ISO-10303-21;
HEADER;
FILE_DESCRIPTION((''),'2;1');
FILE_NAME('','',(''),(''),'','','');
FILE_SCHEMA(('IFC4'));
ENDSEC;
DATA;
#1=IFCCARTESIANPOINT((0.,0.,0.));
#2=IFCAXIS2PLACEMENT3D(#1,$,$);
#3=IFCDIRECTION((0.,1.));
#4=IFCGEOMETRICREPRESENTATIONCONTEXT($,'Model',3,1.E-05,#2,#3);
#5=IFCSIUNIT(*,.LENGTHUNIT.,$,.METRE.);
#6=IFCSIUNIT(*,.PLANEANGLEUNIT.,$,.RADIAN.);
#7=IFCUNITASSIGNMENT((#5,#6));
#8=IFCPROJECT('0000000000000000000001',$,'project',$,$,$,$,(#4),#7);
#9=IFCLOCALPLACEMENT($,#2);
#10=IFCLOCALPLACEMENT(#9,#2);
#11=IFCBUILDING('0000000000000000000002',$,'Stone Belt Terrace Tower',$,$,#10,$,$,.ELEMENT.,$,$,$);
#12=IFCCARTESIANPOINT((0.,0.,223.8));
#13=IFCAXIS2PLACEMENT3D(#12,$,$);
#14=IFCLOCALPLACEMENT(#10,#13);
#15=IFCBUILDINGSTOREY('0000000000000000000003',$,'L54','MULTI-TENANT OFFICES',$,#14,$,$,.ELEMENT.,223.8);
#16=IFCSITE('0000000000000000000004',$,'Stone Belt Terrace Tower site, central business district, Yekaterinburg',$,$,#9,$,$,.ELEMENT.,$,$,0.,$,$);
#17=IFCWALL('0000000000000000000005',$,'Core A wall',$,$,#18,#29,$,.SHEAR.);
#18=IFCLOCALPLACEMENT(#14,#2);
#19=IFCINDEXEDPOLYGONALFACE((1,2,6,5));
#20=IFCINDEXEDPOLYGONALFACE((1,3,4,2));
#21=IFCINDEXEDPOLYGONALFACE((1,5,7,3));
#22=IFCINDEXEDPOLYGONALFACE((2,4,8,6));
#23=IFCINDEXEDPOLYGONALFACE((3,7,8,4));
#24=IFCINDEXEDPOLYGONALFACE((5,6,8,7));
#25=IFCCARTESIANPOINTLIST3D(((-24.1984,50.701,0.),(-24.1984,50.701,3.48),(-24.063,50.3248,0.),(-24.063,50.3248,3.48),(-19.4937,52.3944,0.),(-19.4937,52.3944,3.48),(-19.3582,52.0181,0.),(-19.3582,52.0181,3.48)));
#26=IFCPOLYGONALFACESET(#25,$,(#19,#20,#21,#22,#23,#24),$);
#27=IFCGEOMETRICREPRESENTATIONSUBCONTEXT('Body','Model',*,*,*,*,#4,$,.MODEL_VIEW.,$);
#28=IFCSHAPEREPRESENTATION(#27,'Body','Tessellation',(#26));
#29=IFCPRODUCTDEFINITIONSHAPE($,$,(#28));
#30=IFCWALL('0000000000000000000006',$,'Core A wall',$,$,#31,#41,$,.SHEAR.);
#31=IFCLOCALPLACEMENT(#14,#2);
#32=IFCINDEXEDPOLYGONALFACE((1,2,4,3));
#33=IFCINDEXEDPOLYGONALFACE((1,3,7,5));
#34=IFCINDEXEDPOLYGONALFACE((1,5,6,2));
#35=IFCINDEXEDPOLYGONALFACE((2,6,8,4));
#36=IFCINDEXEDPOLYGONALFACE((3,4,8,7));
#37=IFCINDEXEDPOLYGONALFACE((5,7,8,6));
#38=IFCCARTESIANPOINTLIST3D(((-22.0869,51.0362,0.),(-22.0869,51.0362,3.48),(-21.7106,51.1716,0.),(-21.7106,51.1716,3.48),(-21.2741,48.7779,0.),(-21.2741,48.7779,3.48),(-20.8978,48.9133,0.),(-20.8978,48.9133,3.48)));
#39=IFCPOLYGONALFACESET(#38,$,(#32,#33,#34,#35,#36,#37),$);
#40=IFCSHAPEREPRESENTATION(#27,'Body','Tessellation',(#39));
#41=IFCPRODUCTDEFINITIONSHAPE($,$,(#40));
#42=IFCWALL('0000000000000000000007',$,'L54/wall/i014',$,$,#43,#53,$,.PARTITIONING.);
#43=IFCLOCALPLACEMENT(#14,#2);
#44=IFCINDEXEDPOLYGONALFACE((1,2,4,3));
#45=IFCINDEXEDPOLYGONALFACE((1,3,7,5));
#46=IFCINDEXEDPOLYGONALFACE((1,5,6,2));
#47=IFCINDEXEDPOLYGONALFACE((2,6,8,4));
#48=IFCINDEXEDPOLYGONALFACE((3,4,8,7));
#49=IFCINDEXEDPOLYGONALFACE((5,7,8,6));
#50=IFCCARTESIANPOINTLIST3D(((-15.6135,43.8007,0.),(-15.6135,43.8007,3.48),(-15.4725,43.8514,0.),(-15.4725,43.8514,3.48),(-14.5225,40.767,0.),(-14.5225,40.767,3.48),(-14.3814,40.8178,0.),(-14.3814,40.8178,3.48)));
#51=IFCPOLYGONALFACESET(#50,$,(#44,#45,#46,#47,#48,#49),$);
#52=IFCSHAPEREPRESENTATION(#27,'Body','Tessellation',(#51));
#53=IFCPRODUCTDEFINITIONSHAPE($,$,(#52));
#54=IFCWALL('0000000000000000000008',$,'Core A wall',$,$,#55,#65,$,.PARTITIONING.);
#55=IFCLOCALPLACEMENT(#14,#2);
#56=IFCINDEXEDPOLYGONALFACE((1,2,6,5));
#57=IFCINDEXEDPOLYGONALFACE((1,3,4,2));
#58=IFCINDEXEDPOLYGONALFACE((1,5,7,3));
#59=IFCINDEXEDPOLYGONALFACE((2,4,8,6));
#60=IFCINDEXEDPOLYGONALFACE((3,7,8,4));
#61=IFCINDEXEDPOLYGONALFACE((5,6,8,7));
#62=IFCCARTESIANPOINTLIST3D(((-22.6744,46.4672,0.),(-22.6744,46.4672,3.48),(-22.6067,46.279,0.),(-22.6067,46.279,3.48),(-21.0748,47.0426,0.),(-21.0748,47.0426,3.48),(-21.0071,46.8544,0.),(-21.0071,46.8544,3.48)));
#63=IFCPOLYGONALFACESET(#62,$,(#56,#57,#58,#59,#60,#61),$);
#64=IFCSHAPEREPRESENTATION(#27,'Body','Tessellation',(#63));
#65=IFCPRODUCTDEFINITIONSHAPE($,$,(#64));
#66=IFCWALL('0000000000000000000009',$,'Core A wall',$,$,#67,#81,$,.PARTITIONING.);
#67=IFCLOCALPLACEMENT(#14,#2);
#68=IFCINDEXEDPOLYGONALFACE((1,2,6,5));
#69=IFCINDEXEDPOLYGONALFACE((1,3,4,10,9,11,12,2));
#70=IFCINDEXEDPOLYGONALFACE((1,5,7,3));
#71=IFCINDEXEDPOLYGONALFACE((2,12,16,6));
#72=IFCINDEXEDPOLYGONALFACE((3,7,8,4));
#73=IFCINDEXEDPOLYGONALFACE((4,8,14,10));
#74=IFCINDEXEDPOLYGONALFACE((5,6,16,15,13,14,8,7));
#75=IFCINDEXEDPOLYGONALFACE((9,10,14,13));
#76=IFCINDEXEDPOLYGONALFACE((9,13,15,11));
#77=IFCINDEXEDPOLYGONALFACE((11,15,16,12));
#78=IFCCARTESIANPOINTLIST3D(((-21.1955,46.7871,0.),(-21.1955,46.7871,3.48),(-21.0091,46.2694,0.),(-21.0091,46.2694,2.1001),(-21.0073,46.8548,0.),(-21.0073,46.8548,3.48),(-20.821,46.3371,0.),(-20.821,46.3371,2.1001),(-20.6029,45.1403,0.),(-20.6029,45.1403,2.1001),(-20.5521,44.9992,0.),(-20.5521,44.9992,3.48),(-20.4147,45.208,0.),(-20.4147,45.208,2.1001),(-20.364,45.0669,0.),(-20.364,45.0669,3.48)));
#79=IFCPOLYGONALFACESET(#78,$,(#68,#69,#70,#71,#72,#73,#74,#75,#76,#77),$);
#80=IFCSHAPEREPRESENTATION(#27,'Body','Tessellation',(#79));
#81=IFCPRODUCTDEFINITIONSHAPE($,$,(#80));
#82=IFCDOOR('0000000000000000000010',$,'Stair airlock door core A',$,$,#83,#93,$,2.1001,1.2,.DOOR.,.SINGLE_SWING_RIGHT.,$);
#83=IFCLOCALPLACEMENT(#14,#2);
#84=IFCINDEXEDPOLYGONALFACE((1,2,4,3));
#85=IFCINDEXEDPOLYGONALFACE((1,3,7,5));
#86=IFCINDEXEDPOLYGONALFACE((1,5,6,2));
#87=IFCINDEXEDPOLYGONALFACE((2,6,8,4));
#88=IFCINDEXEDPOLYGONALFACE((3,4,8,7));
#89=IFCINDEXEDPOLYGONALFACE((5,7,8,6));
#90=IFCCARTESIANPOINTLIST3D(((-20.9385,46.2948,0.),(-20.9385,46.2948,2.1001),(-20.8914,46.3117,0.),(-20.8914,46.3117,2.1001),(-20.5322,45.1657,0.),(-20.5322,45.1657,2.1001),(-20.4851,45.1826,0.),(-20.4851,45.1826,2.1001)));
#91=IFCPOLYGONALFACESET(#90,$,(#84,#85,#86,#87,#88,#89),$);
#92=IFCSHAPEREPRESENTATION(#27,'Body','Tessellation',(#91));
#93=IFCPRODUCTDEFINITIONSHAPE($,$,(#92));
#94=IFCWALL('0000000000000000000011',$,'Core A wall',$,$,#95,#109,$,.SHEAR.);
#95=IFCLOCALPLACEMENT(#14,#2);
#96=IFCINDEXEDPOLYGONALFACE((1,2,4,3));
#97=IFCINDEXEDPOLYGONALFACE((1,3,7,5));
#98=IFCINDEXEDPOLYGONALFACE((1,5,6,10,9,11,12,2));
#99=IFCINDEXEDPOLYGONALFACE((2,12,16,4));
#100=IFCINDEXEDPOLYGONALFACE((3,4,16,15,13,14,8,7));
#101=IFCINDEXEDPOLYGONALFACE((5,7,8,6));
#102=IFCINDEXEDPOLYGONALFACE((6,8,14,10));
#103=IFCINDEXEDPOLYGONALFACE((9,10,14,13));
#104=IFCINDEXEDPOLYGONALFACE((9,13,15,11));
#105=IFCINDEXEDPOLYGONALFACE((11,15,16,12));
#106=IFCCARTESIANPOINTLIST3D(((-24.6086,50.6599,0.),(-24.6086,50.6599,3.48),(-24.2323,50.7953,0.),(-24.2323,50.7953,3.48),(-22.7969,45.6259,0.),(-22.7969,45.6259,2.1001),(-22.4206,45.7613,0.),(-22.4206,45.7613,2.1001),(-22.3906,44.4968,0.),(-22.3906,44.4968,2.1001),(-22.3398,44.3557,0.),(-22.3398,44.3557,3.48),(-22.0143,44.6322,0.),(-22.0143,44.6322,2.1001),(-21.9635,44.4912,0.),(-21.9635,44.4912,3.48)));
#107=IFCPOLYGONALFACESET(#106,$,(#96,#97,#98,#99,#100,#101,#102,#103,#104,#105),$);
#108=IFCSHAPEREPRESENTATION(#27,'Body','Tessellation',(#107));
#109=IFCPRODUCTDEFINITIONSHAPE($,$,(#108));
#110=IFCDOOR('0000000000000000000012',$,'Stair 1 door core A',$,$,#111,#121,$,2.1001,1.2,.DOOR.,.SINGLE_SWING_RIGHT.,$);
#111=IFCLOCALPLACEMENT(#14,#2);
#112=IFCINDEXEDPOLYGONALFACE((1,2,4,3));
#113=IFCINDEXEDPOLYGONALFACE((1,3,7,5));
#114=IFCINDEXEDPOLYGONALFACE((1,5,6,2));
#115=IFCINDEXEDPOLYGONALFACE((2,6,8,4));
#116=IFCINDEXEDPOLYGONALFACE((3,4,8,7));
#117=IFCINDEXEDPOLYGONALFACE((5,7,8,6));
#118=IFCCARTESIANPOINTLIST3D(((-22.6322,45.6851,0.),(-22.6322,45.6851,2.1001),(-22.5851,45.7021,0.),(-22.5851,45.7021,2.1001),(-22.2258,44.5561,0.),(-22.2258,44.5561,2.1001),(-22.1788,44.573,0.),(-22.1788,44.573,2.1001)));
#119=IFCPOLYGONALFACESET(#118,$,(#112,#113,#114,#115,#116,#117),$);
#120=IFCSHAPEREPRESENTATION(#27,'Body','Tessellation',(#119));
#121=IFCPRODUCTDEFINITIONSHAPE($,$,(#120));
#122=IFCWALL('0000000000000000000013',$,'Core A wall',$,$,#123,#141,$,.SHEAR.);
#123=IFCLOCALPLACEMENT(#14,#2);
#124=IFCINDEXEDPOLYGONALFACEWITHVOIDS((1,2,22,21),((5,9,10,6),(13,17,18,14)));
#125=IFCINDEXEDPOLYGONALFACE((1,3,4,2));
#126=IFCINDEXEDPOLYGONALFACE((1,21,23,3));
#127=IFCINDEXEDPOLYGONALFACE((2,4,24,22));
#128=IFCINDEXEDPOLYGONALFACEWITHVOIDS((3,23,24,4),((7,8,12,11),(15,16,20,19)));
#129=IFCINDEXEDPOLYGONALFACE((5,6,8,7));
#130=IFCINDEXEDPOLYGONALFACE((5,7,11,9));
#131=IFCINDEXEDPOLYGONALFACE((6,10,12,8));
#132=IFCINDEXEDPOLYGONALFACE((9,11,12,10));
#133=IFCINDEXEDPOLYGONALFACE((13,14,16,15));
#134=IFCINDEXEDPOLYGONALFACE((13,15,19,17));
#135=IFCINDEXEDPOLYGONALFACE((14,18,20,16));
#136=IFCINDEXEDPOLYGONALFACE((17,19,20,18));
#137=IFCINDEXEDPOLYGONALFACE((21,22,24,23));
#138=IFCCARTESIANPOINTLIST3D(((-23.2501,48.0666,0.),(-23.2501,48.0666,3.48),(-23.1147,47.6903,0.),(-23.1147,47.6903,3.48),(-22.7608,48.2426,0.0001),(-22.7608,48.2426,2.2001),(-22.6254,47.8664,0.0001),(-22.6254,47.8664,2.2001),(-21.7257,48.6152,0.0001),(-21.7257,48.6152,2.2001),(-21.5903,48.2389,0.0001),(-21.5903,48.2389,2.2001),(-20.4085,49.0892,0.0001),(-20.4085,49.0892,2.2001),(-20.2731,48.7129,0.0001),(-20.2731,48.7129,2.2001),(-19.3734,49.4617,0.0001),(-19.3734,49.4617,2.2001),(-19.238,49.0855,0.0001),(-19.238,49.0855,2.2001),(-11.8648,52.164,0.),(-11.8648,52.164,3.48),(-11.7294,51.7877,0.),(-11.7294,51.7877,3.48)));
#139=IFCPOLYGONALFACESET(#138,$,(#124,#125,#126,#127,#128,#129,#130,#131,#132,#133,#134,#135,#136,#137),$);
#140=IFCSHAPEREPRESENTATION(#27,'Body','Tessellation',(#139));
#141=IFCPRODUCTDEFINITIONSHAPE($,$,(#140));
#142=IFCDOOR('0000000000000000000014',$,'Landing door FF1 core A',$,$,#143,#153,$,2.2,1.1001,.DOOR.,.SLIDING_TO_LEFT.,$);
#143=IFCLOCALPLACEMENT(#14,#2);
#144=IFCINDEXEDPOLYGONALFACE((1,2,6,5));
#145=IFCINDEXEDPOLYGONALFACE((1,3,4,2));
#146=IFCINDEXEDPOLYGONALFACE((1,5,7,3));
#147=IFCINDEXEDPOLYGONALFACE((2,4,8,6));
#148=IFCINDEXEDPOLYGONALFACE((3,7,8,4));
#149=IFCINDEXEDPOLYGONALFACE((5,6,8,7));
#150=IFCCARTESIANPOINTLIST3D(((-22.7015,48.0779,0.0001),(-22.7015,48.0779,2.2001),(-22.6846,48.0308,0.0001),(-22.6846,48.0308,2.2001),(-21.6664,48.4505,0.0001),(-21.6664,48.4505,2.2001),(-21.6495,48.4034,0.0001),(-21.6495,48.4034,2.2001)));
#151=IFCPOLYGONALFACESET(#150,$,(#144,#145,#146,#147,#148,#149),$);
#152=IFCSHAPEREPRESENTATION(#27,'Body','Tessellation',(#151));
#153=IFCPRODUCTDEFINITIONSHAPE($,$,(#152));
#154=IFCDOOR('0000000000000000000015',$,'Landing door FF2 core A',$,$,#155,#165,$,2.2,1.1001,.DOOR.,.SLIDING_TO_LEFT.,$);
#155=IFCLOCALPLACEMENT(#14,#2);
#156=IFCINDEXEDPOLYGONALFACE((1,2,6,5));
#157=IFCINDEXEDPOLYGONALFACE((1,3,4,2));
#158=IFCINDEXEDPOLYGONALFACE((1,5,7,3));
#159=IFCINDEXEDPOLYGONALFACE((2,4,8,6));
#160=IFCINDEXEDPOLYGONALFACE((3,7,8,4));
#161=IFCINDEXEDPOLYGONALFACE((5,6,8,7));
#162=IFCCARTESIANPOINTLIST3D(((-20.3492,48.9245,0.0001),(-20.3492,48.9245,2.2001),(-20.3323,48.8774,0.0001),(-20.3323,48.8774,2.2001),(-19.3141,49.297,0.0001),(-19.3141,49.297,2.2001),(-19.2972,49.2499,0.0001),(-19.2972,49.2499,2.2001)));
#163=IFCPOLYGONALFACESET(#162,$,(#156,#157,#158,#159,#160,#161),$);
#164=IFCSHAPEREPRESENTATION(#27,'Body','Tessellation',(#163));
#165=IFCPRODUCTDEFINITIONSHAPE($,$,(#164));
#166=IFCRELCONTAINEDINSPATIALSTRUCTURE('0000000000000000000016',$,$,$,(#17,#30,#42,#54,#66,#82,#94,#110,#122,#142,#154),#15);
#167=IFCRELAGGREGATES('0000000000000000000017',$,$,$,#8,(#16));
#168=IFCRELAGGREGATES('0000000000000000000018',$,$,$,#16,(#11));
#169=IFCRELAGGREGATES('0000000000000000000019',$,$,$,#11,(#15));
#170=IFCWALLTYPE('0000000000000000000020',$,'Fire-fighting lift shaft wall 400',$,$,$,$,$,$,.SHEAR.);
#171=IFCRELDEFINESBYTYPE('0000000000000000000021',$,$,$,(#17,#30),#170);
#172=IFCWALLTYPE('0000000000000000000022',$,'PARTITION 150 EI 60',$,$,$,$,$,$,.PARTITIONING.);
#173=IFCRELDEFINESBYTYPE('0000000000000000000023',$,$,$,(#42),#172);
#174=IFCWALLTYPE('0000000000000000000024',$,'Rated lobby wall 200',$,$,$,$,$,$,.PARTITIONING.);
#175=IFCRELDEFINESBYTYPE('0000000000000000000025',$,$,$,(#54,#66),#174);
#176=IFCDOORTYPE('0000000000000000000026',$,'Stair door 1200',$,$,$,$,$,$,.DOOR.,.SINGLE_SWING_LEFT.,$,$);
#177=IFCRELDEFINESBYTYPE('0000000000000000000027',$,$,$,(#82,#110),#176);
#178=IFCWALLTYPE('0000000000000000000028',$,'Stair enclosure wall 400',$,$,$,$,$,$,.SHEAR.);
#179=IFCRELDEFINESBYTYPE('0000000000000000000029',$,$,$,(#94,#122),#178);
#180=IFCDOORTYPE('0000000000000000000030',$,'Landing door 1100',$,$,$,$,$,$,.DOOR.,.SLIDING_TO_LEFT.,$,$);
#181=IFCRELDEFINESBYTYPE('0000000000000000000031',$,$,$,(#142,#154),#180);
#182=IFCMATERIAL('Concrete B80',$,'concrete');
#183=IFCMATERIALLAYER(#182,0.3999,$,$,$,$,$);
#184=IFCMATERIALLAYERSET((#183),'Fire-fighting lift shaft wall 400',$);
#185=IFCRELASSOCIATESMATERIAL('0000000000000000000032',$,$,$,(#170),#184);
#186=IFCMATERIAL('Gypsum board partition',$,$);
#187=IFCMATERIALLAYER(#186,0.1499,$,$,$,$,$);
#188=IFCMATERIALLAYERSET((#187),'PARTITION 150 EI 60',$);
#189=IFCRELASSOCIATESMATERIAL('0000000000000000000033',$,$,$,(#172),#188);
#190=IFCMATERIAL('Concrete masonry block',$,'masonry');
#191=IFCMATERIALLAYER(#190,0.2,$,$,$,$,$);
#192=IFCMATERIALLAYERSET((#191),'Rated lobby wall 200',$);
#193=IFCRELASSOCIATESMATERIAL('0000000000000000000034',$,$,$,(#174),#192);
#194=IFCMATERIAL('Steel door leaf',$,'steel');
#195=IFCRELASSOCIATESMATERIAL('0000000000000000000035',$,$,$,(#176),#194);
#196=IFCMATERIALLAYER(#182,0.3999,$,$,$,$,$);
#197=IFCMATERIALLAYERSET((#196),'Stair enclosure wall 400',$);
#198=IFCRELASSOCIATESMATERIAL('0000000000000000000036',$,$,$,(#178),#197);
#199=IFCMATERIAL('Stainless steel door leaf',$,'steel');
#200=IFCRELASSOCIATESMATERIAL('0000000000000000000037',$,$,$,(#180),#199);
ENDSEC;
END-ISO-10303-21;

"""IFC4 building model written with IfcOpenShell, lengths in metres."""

from ifc_helpers import new_model, si_unit, direction, frame, frame_2d, origin, place, context, subcontext, project, spatial, rectangle, extrude, material, layer, layer_set, type_object, element, fill, save


model = new_model("IFC4")

# Units and contexts
model_context = context("Model", 3, precision=1e-05, world=origin(), true_north=direction((0.0, 1.0)))
body_context = subcontext(model_context, "Body", "Model", "MODEL_VIEW")
ifc_project = project(units=[si_unit("LENGTHUNIT", "METRE"), si_unit("PLANEANGLEUNIT", "RADIAN")], contexts=[model_context])

# Site, building, storey
site_placement = place(None, origin())
site = spatial("IfcSite", under=ifc_project, at=site_placement, Name="Stone Belt Terrace Tower site, central business district, Yekaterinburg", CompositionType="ELEMENT", RefElevation=0.0)
building_placement = place(site_placement, origin())
building = spatial("IfcBuilding", under=site, at=building_placement, Name="Stone Belt Terrace Tower", CompositionType="ELEMENT")
storey_placement = place(building_placement, frame((0.0, 0.0, 223.8)))
storey = spatial("IfcBuildingStorey", under=building, at=storey_placement, Name="L54", Description="MULTI-TENANT OFFICES", CompositionType="ELEMENT", Elevation=223.8)

# Walls
ifc_material_1 = material(Name="Concrete B80", Category="concrete")
ifc_layer_1 = layer(ifc_material_1, 0.3999)
ifc_layer_set_1 = layer_set([ifc_layer_1], Name="Fire-fighting lift shaft wall 400")
wall_type_1 = type_object("IfcWallType", Name="Fire-fighting lift shaft wall 400", PredefinedType="SHEAR", material=ifc_layer_set_1)
wall_1_placement = place(storey_placement, frame((-24.1306, 50.5129, 0.0), z_axis=(0.0, 0.0, 1.0), x_axis=(0.940912, 0.338652, 0.0)))
element("IfcWall", 1, at=wall_1_placement, inside=storey, type_object=wall_type_1, Name="Core A wall", PredefinedType="SHEAR", context=body_context, shape_type="SweptSolid", body=[
    extrude(rectangle(XDim=5.0002, YDim=0.3999, at=frame_2d((2.5, 0.0))), origin(), (0.0, 0.0, 1.0), 3.48),
])
wall_2_placement = place(storey_placement, frame((-21.0859, 48.8455, 0.0), z_axis=(0.0, 0.0, 1.0), x_axis=(-0.338629, 0.94092, 0.0)))
element("IfcWall", 2, at=wall_2_placement, inside=storey, type_object=wall_type_1, Name="Core A wall", PredefinedType="SHEAR", context=body_context, shape_type="SweptSolid", body=[
    extrude(rectangle(XDim=2.4001, YDim=0.3999, at=frame_2d((1.2002, 0.0))), origin(), (0.0, 0.0, 1.0), 3.48),
])
ifc_material_2 = material(Name="Gypsum board partition")
ifc_layer_2 = layer(ifc_material_2, 0.1499)
ifc_layer_set_2 = layer_set([ifc_layer_2], Name="PARTITION 150 EI 60")
wall_type_2 = type_object("IfcWallType", Name="PARTITION 150 EI 60", PredefinedType="PARTITIONING", material=ifc_layer_set_2)
wall_3_placement = place(storey_placement, frame((-15.543, 43.8259, 0.0), z_axis=(0.0, 0.0, 1.0), x_axis=(0.338427, -0.940993, 0.0)))
element("IfcWall", 3, at=wall_3_placement, inside=storey, type_object=wall_type_2, Name="L54/wall/i014", PredefinedType="PARTITIONING", context=body_context, shape_type="SweptSolid", body=[
    extrude(rectangle(XDim=3.2239, YDim=0.1499, at=frame_2d((1.6118, 0.0))), origin(), (0.0, 0.0, 1.0), 3.48),
])
ifc_material_3 = material(Name="Concrete masonry block", Category="masonry")
ifc_layer_3 = layer(ifc_material_3, 0.2)
ifc_layer_set_3 = layer_set([ifc_layer_3], Name="Rated lobby wall 200")
wall_type_3 = type_object("IfcWallType", Name="Rated lobby wall 200", PredefinedType="PARTITIONING", material=ifc_layer_set_3)
wall_4_placement = place(storey_placement, frame((-22.6406, 46.373, 0.0), z_axis=(0.0, 0.0, 1.0), x_axis=(0.940966, 0.338501, 0.0)))
element("IfcWall", 4, at=wall_4_placement, inside=storey, type_object=wall_type_3, Name="Core A wall", PredefinedType="PARTITIONING", context=body_context, shape_type="SweptSolid", body=[
    extrude(rectangle(XDim=1.7, YDim=0.2, at=frame_2d((0.8501, 0.0))), origin(), (0.0, 0.0, 1.0), 3.48),
])

# Walls, openings, doors
wall_5_placement = place(storey_placement, frame((-20.458, 45.033, 0.0), z_axis=(0.0, 0.0, 1.0), x_axis=(-0.338574, 0.94094, 0.0)))
wall_5 = element("IfcWall", 5, at=wall_5_placement, inside=storey, type_object=wall_type_3, Name="Core A wall", PredefinedType="PARTITIONING", context=body_context, shape_type="SweptSolid", body=[
    extrude(rectangle(XDim=1.9001, YDim=0.2, at=frame_2d((0.9502, 0.0))), origin(), (0.0, 0.0, 1.0), 3.48),
])
opening_1_placement = place(wall_5_placement, frame((0.1499, 0.0, 0.0)))
opening_1 = element("IfcOpeningElement", 6, at=opening_1_placement, cuts=wall_5, PredefinedType="OPENING", context=body_context, shape_type="SweptSolid", body=[
    extrude(rectangle(XDim=1.2, YDim=2.1001, at=frame_2d((0.6001, 1.05))), frame((0.0, 0.1099, 0.0), z_axis=(0.0, -1.0, 0.0), x_axis=(1.0, 0.0, 0.0)), (0.0, 0.0, 1.0), 0.22),
])
ifc_material_4 = material(Name="Steel door leaf", Category="steel")
door_type_1 = type_object("IfcDoorType", Name="Stair door 1200", OperationType="SINGLE_SWING_LEFT", PredefinedType="DOOR", material=ifc_material_4)
door_1_placement = place(opening_1_placement, origin())
door_1 = element("IfcDoor", 7, at=door_1_placement, inside=storey, type_object=door_type_1, Name="Stair airlock door core A", OperationType="SINGLE_SWING_RIGHT", OverallHeight=2.1001, OverallWidth=1.2, PredefinedType="DOOR", context=body_context, shape_type="SweptSolid", body=[
    extrude(rectangle(XDim=1.2, YDim=2.1001, at=frame_2d((0.6001, 1.05))), frame((0.0, 0.0249, 0.0), z_axis=(0.0, -1.0, 0.0), x_axis=(1.0, 0.0, 0.0)), (0.0, 0.0, 1.0), 0.05),
])
fill(opening_1, door_1)
ifc_layer_4 = layer(ifc_material_1, 0.3999)
ifc_layer_set_4 = layer_set([ifc_layer_4], Name="Stair enclosure wall 400")
wall_type_4 = type_object("IfcWallType", Name="Stair enclosure wall 400", PredefinedType="SHEAR", material=ifc_layer_set_4)
wall_6_placement = place(storey_placement, frame((-22.1516, 44.4233, 0.0), z_axis=(0.0, 0.0, 1.0), x_axis=(-0.338625, 0.940921, 0.0)))
wall_6 = element("IfcWall", 8, at=wall_6_placement, inside=storey, type_object=wall_type_4, Name="Core A wall", PredefinedType="SHEAR", context=body_context, shape_type="SweptSolid", body=[
    extrude(rectangle(XDim=6.7, YDim=0.3999, at=frame_2d((3.3501, 0.0))), origin(), (0.0, 0.0, 1.0), 3.48),
])
opening_2_placement = place(wall_6_placement, frame((0.1499, 0.0, 0.0)))
opening_2 = element("IfcOpeningElement", 9, at=opening_2_placement, cuts=wall_6, PredefinedType="OPENING", context=body_context, shape_type="SweptSolid", body=[
    extrude(rectangle(XDim=1.2, YDim=2.1001, at=frame_2d((0.6001, 1.05))), frame((0.0, 0.21, 0.0), z_axis=(0.0, -1.0, 0.0), x_axis=(1.0, 0.0, 0.0)), (0.0, 0.0, 1.0), 0.4199),
])
door_2_placement = place(opening_2_placement, origin())
door_2 = element("IfcDoor", 10, at=door_2_placement, inside=storey, type_object=door_type_1, Name="Stair 1 door core A", OperationType="SINGLE_SWING_RIGHT", OverallHeight=2.1001, OverallWidth=1.2, PredefinedType="DOOR", context=body_context, shape_type="SweptSolid", body=[
    extrude(rectangle(XDim=1.2, YDim=2.1001, at=frame_2d((0.6001, 1.05))), frame((0.0, 0.0249, 0.0), z_axis=(0.0, -1.0, 0.0), x_axis=(1.0, 0.0, 0.0)), (0.0, 0.0, 1.0), 0.05),
])
fill(opening_2, door_2)

# Wall, openings, doors
wall_7_placement = place(storey_placement, frame((-23.1824, 47.8784, 0.0), z_axis=(0.0, 0.0, 1.0), x_axis=(0.940921, 0.338626, 0.0)))
wall_7 = element("IfcWall", 11, at=wall_7_placement, inside=storey, type_object=wall_type_4, Name="Core A wall", PredefinedType="SHEAR", context=body_context, shape_type="SweptSolid", body=[
    extrude(rectangle(XDim=12.1001, YDim=0.3999, at=frame_2d((6.05, 0.0))), origin(), (0.0, 0.0, 1.0), 3.48),
])
opening_3_placement = place(wall_7_placement, frame((0.52, 0.0, 0.0)))
opening_3 = element("IfcOpeningElement", 12, at=opening_3_placement, cuts=wall_7, PredefinedType="OPENING", context=body_context, shape_type="SweptSolid", body=[
    extrude(rectangle(XDim=1.1001, YDim=2.2, at=frame_2d((0.55, 1.1001))), frame((0.0, 0.21, 0.0), z_axis=(0.0, -1.0, 0.0), x_axis=(1.0, 0.0, 0.0)), (0.0, 0.0, 1.0), 0.4199),
])
opening_4_placement = place(wall_7_placement, frame((3.02, 0.0, 0.0)))
opening_4 = element("IfcOpeningElement", 13, at=opening_4_placement, cuts=wall_7, PredefinedType="OPENING", context=body_context, shape_type="SweptSolid", body=[
    extrude(rectangle(XDim=1.1001, YDim=2.2, at=frame_2d((0.55, 1.1001))), frame((0.0, 0.21, 0.0), z_axis=(0.0, -1.0, 0.0), x_axis=(1.0, 0.0, 0.0)), (0.0, 0.0, 1.0), 0.4199),
])
ifc_material_5 = material(Name="Stainless steel door leaf", Category="steel")
door_type_2 = type_object("IfcDoorType", Name="Landing door 1100", OperationType="SLIDING_TO_LEFT", PredefinedType="DOOR", material=ifc_material_5)
door_3_placement = place(opening_3_placement, origin())
door_3 = element("IfcDoor", 14, at=door_3_placement, inside=storey, type_object=door_type_2, Name="Landing door FF1 core A", OperationType="SLIDING_TO_LEFT", OverallHeight=2.2, OverallWidth=1.1001, PredefinedType="DOOR", context=body_context, shape_type="SweptSolid", body=[
    extrude(rectangle(XDim=1.1001, YDim=2.2, at=frame_2d((0.55, 1.1001))), frame((0.0, 0.0249, 0.0), z_axis=(0.0, -1.0, 0.0), x_axis=(1.0, 0.0, 0.0)), (0.0, 0.0, 1.0), 0.05),
])
fill(opening_3, door_3)
door_4_placement = place(opening_4_placement, origin())
door_4 = element("IfcDoor", 15, at=door_4_placement, inside=storey, type_object=door_type_2, Name="Landing door FF2 core A", OperationType="SLIDING_TO_LEFT", OverallHeight=2.2, OverallWidth=1.1001, PredefinedType="DOOR", context=body_context, shape_type="SweptSolid", body=[
    extrude(rectangle(XDim=1.1001, YDim=2.2, at=frame_2d((0.55, 1.1001))), frame((0.0, 0.0249, 0.0), z_axis=(0.0, -1.0, 0.0), x_axis=(1.0, 0.0, 0.0)), (0.0, 0.0, 1.0), 0.05),
])
fill(opening_4, door_4)

save(model, "model.ifc")
